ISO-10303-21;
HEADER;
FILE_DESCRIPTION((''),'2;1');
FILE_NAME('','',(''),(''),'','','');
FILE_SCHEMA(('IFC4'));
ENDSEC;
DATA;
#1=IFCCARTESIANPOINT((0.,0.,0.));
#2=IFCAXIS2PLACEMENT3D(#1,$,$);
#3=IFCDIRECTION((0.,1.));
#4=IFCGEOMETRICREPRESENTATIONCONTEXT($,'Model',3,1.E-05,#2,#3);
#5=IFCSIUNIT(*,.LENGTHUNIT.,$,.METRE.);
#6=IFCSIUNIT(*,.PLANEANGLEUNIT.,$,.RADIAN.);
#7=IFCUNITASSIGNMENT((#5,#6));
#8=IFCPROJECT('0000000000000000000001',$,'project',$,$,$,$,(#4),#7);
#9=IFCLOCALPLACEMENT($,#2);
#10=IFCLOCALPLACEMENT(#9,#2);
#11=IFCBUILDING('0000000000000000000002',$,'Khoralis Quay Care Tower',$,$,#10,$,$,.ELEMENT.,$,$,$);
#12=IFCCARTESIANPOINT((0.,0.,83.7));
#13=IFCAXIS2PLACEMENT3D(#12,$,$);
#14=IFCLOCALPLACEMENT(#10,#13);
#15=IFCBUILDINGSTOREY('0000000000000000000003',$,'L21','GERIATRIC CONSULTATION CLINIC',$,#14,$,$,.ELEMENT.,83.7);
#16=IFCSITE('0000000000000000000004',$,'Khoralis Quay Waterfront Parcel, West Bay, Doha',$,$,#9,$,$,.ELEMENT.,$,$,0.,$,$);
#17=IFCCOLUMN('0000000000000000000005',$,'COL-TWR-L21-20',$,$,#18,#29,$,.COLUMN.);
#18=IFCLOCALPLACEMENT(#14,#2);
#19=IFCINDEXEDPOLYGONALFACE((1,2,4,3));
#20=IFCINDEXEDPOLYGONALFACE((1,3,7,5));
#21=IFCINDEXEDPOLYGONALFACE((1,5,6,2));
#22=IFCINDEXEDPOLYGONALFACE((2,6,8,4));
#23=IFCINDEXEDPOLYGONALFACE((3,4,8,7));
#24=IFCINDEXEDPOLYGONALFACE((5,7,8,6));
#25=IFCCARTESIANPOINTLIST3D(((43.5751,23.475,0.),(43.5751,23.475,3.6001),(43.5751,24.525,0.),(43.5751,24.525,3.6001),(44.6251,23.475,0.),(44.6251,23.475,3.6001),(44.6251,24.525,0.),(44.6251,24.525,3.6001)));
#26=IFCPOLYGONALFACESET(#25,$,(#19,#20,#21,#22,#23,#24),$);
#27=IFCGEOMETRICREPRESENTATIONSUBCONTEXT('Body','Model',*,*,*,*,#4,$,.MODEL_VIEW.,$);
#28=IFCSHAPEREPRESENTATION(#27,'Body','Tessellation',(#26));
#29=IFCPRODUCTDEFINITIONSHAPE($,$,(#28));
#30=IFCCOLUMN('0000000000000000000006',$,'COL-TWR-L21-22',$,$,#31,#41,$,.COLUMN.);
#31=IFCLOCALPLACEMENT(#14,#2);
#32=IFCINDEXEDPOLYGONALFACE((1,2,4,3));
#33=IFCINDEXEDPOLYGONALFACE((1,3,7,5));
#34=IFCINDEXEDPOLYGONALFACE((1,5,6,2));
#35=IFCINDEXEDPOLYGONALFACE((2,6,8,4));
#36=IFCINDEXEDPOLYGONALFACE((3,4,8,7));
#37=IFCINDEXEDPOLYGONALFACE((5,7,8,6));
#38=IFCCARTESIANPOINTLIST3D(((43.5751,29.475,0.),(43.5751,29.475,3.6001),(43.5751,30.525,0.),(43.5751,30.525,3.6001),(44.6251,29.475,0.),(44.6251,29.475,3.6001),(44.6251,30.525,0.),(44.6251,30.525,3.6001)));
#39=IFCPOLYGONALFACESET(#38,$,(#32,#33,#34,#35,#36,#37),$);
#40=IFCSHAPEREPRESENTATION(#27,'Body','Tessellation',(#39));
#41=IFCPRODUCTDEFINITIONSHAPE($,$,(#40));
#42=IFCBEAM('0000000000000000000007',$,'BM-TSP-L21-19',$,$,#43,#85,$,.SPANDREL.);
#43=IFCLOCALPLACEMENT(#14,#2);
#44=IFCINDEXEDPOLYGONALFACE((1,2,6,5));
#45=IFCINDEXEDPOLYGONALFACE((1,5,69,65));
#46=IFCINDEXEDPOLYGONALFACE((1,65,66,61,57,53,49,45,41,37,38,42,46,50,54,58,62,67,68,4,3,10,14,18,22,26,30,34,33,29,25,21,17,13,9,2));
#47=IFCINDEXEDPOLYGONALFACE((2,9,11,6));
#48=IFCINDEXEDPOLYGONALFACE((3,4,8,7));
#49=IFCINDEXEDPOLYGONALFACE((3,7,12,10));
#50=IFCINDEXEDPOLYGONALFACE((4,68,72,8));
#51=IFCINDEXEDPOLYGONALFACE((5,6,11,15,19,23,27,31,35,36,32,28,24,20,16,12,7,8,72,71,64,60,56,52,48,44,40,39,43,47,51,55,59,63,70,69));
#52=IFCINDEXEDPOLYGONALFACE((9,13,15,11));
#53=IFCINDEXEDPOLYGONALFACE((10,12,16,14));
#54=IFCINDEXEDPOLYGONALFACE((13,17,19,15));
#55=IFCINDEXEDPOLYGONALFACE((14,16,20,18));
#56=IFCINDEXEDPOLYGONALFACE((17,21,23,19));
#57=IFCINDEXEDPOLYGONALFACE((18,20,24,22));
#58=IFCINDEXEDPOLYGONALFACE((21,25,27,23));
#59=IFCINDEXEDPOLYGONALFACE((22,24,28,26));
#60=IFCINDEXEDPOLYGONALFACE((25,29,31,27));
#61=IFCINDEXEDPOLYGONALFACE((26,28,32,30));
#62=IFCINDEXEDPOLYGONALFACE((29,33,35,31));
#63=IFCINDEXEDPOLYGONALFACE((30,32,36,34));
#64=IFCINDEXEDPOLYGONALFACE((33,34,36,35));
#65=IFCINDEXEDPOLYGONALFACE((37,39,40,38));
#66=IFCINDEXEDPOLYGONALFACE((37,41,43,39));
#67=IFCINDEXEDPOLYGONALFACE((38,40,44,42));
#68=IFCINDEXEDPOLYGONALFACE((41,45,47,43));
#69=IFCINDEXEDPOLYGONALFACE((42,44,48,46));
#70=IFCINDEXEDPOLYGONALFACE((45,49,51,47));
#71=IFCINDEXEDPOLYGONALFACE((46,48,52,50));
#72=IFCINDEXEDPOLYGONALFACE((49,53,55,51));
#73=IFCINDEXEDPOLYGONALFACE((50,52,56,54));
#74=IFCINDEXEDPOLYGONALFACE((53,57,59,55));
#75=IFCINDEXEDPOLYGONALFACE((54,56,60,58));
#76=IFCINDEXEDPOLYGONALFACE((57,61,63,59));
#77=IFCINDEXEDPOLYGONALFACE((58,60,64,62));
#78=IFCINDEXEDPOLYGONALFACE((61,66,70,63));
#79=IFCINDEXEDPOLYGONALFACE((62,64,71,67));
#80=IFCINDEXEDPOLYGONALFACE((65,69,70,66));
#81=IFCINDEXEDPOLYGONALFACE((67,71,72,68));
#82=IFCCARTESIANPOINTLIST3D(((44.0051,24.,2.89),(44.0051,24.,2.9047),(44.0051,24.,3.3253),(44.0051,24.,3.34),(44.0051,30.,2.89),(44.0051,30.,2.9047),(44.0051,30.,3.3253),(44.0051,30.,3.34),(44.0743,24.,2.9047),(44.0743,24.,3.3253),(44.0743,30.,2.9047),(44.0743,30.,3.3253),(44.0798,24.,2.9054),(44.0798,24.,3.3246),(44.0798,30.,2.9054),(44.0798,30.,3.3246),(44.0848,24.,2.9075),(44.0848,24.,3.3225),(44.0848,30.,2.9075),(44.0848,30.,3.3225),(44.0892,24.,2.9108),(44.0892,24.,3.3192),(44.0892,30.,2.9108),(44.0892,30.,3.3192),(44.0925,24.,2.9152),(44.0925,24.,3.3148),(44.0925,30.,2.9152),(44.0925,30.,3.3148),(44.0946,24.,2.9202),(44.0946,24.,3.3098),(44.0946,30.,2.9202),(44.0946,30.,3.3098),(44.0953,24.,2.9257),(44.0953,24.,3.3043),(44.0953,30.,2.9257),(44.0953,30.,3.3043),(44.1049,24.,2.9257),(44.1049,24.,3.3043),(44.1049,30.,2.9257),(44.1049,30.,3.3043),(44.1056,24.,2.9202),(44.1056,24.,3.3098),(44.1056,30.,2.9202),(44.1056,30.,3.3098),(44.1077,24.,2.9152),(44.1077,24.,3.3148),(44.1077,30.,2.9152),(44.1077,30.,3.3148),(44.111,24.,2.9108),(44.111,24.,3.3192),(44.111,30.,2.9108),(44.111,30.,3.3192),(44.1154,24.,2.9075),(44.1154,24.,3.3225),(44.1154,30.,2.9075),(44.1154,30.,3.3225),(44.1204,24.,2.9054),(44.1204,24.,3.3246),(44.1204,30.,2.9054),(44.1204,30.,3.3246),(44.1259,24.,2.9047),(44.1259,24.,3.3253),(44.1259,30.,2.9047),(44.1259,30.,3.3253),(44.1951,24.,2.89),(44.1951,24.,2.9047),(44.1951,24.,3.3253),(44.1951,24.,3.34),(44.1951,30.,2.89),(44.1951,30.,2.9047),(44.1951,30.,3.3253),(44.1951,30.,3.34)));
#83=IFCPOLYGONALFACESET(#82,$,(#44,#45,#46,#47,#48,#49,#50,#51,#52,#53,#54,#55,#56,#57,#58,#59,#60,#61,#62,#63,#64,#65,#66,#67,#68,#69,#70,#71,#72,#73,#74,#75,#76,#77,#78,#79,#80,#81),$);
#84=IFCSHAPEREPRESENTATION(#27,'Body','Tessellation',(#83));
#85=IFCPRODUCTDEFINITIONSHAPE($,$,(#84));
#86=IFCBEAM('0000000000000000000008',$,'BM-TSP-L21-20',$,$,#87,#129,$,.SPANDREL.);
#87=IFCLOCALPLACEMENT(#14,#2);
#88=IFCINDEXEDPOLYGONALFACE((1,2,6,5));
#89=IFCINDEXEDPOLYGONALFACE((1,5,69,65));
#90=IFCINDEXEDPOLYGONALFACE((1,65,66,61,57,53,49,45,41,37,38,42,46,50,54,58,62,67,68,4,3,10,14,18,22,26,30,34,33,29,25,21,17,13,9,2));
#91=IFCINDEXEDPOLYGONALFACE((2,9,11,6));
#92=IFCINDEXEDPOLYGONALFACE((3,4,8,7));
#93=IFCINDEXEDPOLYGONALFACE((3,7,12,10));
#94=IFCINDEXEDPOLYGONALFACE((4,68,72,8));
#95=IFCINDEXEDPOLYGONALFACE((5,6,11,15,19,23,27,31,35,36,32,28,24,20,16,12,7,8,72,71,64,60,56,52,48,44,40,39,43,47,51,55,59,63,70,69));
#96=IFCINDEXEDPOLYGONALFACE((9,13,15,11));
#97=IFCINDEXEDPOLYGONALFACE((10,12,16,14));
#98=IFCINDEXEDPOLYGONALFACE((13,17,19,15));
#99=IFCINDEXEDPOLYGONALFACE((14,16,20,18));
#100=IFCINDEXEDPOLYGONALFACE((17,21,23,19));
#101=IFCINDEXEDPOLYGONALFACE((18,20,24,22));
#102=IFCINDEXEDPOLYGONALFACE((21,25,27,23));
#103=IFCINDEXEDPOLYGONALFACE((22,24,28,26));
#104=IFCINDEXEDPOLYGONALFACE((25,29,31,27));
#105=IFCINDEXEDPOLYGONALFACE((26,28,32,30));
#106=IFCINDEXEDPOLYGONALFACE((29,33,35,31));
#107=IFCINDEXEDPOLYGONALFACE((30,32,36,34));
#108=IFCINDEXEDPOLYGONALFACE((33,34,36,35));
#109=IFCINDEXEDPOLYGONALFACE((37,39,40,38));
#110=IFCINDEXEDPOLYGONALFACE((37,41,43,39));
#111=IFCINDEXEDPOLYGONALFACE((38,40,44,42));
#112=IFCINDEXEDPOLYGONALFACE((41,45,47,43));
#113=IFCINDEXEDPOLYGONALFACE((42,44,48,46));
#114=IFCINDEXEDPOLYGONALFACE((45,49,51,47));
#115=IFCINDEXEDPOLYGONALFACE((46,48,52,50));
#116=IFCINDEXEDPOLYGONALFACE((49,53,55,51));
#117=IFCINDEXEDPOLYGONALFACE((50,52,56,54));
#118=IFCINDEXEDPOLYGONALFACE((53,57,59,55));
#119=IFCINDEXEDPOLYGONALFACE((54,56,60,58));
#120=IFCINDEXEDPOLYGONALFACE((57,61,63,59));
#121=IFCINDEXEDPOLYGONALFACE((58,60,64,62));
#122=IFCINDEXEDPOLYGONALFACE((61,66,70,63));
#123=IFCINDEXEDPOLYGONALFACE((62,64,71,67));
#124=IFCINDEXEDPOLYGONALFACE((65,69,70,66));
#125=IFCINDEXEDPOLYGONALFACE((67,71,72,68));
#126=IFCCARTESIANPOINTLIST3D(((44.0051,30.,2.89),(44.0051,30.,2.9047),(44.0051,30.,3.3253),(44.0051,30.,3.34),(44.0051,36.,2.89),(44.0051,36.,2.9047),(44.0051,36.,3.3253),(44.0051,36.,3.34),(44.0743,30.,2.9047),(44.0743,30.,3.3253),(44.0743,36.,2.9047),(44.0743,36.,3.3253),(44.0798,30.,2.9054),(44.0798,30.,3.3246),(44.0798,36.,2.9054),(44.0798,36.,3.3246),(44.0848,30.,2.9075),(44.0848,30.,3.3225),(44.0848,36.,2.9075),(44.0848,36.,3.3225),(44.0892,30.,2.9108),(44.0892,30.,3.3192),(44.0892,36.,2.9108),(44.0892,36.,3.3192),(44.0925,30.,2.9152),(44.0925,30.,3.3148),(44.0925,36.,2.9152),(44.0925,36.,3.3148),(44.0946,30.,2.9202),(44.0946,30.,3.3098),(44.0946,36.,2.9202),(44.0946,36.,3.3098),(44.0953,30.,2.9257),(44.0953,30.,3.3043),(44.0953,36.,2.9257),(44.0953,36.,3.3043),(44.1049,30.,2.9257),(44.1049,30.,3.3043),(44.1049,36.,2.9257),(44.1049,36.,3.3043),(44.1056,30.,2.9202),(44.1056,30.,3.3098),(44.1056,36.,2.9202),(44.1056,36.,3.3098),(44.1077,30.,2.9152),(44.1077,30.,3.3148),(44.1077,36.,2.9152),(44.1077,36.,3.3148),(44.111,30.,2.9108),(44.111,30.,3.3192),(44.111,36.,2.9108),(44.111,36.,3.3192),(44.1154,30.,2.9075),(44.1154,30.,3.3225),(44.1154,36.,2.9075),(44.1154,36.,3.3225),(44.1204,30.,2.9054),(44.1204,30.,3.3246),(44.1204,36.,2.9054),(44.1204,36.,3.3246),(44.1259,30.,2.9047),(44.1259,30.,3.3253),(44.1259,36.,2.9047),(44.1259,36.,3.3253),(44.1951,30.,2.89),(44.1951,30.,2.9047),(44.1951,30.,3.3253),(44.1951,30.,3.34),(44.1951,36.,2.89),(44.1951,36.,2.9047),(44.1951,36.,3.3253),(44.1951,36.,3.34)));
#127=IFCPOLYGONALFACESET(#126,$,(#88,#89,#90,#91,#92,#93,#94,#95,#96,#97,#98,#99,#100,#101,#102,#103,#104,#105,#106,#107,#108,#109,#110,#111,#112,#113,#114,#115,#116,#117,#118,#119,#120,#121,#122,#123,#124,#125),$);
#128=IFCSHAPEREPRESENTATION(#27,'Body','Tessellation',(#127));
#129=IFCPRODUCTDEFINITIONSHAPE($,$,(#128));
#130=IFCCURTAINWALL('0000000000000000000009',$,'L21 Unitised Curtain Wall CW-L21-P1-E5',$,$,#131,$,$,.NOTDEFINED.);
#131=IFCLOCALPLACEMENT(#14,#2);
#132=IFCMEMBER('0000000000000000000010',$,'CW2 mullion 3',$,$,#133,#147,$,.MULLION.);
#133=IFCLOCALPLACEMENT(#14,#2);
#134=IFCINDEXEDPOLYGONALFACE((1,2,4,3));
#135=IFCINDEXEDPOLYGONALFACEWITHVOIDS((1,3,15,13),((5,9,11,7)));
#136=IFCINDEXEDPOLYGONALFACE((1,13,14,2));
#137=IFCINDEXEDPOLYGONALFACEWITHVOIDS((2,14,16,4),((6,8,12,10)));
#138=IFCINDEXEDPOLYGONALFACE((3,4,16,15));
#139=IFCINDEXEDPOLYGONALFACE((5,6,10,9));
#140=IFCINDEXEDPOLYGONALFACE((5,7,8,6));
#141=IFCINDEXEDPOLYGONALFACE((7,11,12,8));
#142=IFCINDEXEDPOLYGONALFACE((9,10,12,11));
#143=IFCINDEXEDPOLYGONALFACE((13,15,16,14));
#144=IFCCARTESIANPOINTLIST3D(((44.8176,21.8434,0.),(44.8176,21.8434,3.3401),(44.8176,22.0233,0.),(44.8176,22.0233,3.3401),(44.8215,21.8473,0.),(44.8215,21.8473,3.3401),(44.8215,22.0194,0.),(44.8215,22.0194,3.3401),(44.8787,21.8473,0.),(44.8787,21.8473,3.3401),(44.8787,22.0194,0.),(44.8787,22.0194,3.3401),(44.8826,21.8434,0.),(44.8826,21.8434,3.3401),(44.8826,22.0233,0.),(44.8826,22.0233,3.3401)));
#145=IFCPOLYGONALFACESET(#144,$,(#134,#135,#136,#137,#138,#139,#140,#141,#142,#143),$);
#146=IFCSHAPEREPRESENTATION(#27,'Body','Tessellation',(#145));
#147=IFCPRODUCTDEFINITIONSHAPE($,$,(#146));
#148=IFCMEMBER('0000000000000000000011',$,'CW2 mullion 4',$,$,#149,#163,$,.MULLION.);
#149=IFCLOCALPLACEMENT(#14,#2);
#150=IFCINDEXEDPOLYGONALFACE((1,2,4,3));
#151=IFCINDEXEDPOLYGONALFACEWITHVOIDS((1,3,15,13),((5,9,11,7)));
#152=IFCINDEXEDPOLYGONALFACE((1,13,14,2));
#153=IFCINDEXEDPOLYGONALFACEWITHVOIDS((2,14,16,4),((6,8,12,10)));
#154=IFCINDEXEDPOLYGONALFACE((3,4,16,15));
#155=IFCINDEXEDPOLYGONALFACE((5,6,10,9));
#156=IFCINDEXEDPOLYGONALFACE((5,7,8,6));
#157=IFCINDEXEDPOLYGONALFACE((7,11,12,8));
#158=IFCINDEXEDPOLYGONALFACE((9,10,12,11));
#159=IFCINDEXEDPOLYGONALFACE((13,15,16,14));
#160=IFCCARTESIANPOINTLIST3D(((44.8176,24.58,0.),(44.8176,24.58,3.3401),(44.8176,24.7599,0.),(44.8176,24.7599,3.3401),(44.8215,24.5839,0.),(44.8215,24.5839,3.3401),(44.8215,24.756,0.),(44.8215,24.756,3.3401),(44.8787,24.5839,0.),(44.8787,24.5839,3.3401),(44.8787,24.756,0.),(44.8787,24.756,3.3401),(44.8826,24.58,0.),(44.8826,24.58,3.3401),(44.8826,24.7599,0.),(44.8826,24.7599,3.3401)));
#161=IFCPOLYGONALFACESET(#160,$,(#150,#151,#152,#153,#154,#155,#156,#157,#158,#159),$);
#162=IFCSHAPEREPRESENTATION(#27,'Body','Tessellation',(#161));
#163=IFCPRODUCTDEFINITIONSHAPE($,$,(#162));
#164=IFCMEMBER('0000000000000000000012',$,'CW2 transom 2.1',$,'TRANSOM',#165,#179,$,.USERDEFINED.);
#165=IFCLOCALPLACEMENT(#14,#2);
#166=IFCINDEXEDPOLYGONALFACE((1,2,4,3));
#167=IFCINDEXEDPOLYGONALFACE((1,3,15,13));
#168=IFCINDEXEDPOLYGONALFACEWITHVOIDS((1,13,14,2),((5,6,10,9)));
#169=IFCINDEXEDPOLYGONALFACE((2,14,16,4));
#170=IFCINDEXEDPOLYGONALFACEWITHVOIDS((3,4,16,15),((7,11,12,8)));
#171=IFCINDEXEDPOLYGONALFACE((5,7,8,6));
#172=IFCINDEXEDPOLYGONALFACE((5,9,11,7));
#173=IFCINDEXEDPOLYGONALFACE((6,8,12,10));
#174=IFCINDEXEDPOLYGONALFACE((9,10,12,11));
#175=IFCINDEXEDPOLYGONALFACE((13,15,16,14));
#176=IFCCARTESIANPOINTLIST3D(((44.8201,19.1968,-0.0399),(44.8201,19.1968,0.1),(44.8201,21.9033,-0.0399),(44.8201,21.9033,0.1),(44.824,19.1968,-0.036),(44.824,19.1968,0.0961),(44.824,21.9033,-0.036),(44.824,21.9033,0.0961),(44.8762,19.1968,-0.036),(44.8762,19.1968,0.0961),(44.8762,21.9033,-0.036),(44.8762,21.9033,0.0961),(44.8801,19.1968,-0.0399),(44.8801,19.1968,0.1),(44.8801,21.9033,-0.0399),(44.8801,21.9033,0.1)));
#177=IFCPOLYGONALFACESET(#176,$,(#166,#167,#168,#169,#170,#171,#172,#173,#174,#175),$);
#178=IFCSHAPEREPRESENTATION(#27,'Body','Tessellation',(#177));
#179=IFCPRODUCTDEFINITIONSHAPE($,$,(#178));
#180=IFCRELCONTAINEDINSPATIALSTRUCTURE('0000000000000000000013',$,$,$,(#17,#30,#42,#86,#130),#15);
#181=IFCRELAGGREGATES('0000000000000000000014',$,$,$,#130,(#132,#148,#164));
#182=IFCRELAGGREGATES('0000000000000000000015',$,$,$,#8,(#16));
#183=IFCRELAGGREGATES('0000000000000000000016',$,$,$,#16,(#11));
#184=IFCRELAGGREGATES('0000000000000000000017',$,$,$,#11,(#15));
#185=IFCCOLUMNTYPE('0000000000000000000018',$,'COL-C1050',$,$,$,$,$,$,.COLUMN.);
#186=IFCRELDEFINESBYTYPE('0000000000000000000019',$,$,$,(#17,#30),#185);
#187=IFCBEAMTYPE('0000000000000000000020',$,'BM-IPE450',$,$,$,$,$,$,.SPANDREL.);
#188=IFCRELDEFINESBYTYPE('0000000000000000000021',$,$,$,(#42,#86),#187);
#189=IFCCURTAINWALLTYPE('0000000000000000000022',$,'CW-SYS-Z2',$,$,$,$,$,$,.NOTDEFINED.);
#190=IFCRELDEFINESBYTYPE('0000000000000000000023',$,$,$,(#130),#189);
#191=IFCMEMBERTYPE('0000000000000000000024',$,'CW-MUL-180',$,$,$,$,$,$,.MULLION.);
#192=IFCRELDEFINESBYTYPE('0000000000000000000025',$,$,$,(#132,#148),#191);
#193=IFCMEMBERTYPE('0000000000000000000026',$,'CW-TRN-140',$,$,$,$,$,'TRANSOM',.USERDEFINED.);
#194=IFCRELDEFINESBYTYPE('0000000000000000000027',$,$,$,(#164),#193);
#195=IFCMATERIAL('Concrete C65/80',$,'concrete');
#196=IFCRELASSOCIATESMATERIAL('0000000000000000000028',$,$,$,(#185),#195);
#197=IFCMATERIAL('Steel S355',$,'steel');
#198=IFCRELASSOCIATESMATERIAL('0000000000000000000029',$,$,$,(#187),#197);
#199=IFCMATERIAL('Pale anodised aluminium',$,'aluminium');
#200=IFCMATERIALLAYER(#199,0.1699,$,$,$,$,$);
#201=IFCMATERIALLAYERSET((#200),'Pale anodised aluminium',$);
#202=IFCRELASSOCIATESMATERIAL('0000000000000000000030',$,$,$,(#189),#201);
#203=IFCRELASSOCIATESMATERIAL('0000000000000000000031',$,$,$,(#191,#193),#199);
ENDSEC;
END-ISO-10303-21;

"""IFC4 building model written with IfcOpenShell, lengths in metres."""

from ifc_helpers import new_model, si_unit, direction, frame, origin, origin_2d, place, context, subcontext, project, spatial, rectangle, hollow_rectangle, i_section, extrude, source, transform, mapped, material, layer, layer_set, material_profile, profile_set, type_object, element, aggregate, save


model = new_model("IFC4")

# Units and contexts
model_context = context("Model", 3, precision=1e-05, world=origin(), true_north=direction((0.0, 1.0)))
body_context = subcontext(model_context, "Body", "Model", "MODEL_VIEW")
ifc_project = project(units=[si_unit("LENGTHUNIT", "METRE"), si_unit("PLANEANGLEUNIT", "RADIAN")], contexts=[model_context])

# Site, building, storey
site_placement = place(None, origin())
site = spatial("IfcSite", under=ifc_project, at=site_placement, Name="Khoralis Quay Waterfront Parcel, West Bay, Doha", CompositionType="ELEMENT", RefElevation=0.0)
building_placement = place(site_placement, origin())
building = spatial("IfcBuilding", under=site, at=building_placement, Name="Khoralis Quay Care Tower", CompositionType="ELEMENT")
storey_placement = place(building_placement, frame((0.0, 0.0, 83.7)))
storey = spatial("IfcBuildingStorey", under=building, at=storey_placement, Name="L21", Description="GERIATRIC CONSULTATION CLINIC", CompositionType="ELEMENT", Elevation=83.7)

# Columns
ifc_material_1 = material(Name="Concrete C65/80", Category="concrete")
ifc_material_profile_1 = material_profile(ifc_material_1, rectangle(XDim=1.05, YDim=1.05, at=origin_2d()), Name="Concrete C65/80")
ifc_profile_set_1 = profile_set([ifc_material_profile_1], Name="Concrete C65/80")
column_type = type_object("IfcColumnType", Name="COL-C1050", PredefinedType="COLUMN", material=ifc_profile_set_1)
shared_shape_1 = source(origin(), body_context, "Body", "SweptSolid", [
    extrude(rectangle(XDim=1.05, YDim=1.05, at=origin_2d()), origin(), (0.0, 0.0, 1.0), 3.6001),
])
for number, where, z_axis, x_axis, name in (
    (1, (44.1001, 24.0, 0.0), (0.0, 0.0, 1.0), (1.0, 0.0, 0.0), "COL-TWR-L21-20"),
    (2, (44.1001, 30.0, 0.0), (0.0, 0.0, 1.0), (1.0, 0.0, 0.0), "COL-TWR-L21-22"),
):
    element("IfcColumn", number, at=place(storey_placement, frame(where, z_axis=z_axis, x_axis=x_axis)), inside=storey, type_object=column_type, Name=name, PredefinedType="COLUMN", context=body_context, shape_type="MappedRepresentation", body=[
        mapped(shared_shape_1, transform((0.0, 0.0, 0.0), scale=1.0)),
    ])

# Beams
ifc_material_2 = material(Name="Steel S355", Category="steel")
ifc_material_profile_2 = material_profile(ifc_material_2, i_section(OverallWidth=0.1899, OverallDepth=0.45, WebThickness=0.0095, FlangeThickness=0.0146, FilletRadius=0.021, at=origin_2d()), Name="Steel S355")
ifc_profile_set_2 = profile_set([ifc_material_profile_2], Name="Steel S355")
beam_type = type_object("IfcBeamType", Name="BM-IPE450", PredefinedType="SPANDREL", material=ifc_profile_set_2)
shared_shape_2 = source(origin(), body_context, "Body", "SweptSolid", [
    extrude(i_section(OverallWidth=0.1899, OverallDepth=0.45, WebThickness=0.0095, FlangeThickness=0.0146, FilletRadius=0.021, at=origin_2d()), origin(), (0.0, 0.0, 1.0), 6.0),
])
for number, where, z_axis, x_axis, name in (
    (3, (44.1001, 24.0, 3.115), (0.0, 1.0, 0.0), (-1.0, 0.0, 0.0), "BM-TSP-L21-19"),
    (4, (44.1001, 30.0, 3.115), (0.0, 1.0, 0.0), (-1.0, 0.0, 0.0), "BM-TSP-L21-20"),
):
    element("IfcBeam", number, at=place(storey_placement, frame(where, z_axis=z_axis, x_axis=x_axis)), inside=storey, type_object=beam_type, Name=name, PredefinedType="SPANDREL", context=body_context, shape_type="MappedRepresentation", body=[
        mapped(shared_shape_2, transform((0.0, 0.0, 0.0), scale=1.0)),
    ])

# Curtain wall, members
ifc_material_3 = material(Name="Pale anodised aluminium", Category="aluminium")
ifc_layer_1 = layer(ifc_material_3, 0.1699)
ifc_layer_set_1 = layer_set([ifc_layer_1], Name="Pale anodised aluminium")
curtain_wall_type = type_object("IfcCurtainWallType", Name="CW-SYS-Z2", PredefinedType="NOTDEFINED", material=ifc_layer_set_1)
curtain_wall_placement = place(storey_placement, origin())
curtain_wall = element("IfcCurtainWall", 5, at=curtain_wall_placement, inside=storey, type_object=curtain_wall_type, Name="L21 Unitised Curtain Wall CW-L21-P1-E5", PredefinedType="NOTDEFINED")
ifc_material_profile_3 = material_profile(ifc_material_3, hollow_rectangle(XDim=0.0649, YDim=0.1799, WallThickness=0.0039, at=origin_2d()), Name="Pale anodised aluminium")
ifc_profile_set_3 = profile_set([ifc_material_profile_3], Name="Pale anodised aluminium")
member_type_1 = type_object("IfcMemberType", Name="CW-MUL-180", PredefinedType="MULLION", material=ifc_profile_set_3)
shared_shape_3 = source(origin(), body_context, "Body", "SweptSolid", [
    extrude(hollow_rectangle(XDim=0.0649, YDim=0.1799, WallThickness=0.0039, at=origin_2d()), origin(), (0.0, 0.0, 1.0), 3.3401),
])
member_1_placement = place(storey_placement, frame((44.8501, 21.9333, 0.0), z_axis=(0.0, 0.0, 1.0), x_axis=(-1.0, 0.0, 0.0)))
member_1 = element("IfcMember", 6, at=member_1_placement, type_object=member_type_1, Name="CW2 mullion 3", PredefinedType="MULLION", context=body_context, shape_type="MappedRepresentation", body=[
    mapped(shared_shape_3, transform((0.0, 0.0, 0.0), scale=1.0)),
])
member_2_placement = place(storey_placement, frame((44.8501, 24.6699, 0.0), z_axis=(0.0, 0.0, 1.0), x_axis=(-1.0, 0.0, 0.0)))
member_2 = element("IfcMember", 7, at=member_2_placement, type_object=member_type_1, Name="CW2 mullion 4", PredefinedType="MULLION", context=body_context, shape_type="MappedRepresentation", body=[
    mapped(shared_shape_3, transform((0.0, 0.0, 0.0), scale=1.0)),
])
ifc_material_profile_4 = material_profile(ifc_material_3, hollow_rectangle(XDim=0.0601, YDim=0.1399, WallThickness=0.0039, at=origin_2d()), Name="Pale anodised aluminium")
ifc_profile_set_4 = profile_set([ifc_material_profile_4], Name="Pale anodised aluminium")
member_type_2 = type_object("IfcMemberType", Name="CW-TRN-140", ElementType="TRANSOM", PredefinedType="USERDEFINED", material=ifc_profile_set_4)
shared_shape_4 = source(origin(), body_context, "Body", "SweptSolid", [
    extrude(hollow_rectangle(XDim=0.0601, YDim=0.1399, WallThickness=0.0039, at=origin_2d()), origin(), (0.0, 0.0, 1.0), 2.7065),
])
member_3_placement = place(storey_placement, frame((44.8501, 19.1968, 0.03), z_axis=(0.0, 1.0, 0.0), x_axis=(-1.0, 0.0, 0.0)))
member_3 = element("IfcMember", 8, at=member_3_placement, type_object=member_type_2, Name="CW2 transom 2.1", ObjectType="TRANSOM", PredefinedType="USERDEFINED", context=body_context, shape_type="MappedRepresentation", body=[
    mapped(shared_shape_4, transform((0.0, 0.0, 0.0), scale=1.0)),
])
aggregate(curtain_wall, [member_1, member_2, member_3])

save(model, "model.ifc")
